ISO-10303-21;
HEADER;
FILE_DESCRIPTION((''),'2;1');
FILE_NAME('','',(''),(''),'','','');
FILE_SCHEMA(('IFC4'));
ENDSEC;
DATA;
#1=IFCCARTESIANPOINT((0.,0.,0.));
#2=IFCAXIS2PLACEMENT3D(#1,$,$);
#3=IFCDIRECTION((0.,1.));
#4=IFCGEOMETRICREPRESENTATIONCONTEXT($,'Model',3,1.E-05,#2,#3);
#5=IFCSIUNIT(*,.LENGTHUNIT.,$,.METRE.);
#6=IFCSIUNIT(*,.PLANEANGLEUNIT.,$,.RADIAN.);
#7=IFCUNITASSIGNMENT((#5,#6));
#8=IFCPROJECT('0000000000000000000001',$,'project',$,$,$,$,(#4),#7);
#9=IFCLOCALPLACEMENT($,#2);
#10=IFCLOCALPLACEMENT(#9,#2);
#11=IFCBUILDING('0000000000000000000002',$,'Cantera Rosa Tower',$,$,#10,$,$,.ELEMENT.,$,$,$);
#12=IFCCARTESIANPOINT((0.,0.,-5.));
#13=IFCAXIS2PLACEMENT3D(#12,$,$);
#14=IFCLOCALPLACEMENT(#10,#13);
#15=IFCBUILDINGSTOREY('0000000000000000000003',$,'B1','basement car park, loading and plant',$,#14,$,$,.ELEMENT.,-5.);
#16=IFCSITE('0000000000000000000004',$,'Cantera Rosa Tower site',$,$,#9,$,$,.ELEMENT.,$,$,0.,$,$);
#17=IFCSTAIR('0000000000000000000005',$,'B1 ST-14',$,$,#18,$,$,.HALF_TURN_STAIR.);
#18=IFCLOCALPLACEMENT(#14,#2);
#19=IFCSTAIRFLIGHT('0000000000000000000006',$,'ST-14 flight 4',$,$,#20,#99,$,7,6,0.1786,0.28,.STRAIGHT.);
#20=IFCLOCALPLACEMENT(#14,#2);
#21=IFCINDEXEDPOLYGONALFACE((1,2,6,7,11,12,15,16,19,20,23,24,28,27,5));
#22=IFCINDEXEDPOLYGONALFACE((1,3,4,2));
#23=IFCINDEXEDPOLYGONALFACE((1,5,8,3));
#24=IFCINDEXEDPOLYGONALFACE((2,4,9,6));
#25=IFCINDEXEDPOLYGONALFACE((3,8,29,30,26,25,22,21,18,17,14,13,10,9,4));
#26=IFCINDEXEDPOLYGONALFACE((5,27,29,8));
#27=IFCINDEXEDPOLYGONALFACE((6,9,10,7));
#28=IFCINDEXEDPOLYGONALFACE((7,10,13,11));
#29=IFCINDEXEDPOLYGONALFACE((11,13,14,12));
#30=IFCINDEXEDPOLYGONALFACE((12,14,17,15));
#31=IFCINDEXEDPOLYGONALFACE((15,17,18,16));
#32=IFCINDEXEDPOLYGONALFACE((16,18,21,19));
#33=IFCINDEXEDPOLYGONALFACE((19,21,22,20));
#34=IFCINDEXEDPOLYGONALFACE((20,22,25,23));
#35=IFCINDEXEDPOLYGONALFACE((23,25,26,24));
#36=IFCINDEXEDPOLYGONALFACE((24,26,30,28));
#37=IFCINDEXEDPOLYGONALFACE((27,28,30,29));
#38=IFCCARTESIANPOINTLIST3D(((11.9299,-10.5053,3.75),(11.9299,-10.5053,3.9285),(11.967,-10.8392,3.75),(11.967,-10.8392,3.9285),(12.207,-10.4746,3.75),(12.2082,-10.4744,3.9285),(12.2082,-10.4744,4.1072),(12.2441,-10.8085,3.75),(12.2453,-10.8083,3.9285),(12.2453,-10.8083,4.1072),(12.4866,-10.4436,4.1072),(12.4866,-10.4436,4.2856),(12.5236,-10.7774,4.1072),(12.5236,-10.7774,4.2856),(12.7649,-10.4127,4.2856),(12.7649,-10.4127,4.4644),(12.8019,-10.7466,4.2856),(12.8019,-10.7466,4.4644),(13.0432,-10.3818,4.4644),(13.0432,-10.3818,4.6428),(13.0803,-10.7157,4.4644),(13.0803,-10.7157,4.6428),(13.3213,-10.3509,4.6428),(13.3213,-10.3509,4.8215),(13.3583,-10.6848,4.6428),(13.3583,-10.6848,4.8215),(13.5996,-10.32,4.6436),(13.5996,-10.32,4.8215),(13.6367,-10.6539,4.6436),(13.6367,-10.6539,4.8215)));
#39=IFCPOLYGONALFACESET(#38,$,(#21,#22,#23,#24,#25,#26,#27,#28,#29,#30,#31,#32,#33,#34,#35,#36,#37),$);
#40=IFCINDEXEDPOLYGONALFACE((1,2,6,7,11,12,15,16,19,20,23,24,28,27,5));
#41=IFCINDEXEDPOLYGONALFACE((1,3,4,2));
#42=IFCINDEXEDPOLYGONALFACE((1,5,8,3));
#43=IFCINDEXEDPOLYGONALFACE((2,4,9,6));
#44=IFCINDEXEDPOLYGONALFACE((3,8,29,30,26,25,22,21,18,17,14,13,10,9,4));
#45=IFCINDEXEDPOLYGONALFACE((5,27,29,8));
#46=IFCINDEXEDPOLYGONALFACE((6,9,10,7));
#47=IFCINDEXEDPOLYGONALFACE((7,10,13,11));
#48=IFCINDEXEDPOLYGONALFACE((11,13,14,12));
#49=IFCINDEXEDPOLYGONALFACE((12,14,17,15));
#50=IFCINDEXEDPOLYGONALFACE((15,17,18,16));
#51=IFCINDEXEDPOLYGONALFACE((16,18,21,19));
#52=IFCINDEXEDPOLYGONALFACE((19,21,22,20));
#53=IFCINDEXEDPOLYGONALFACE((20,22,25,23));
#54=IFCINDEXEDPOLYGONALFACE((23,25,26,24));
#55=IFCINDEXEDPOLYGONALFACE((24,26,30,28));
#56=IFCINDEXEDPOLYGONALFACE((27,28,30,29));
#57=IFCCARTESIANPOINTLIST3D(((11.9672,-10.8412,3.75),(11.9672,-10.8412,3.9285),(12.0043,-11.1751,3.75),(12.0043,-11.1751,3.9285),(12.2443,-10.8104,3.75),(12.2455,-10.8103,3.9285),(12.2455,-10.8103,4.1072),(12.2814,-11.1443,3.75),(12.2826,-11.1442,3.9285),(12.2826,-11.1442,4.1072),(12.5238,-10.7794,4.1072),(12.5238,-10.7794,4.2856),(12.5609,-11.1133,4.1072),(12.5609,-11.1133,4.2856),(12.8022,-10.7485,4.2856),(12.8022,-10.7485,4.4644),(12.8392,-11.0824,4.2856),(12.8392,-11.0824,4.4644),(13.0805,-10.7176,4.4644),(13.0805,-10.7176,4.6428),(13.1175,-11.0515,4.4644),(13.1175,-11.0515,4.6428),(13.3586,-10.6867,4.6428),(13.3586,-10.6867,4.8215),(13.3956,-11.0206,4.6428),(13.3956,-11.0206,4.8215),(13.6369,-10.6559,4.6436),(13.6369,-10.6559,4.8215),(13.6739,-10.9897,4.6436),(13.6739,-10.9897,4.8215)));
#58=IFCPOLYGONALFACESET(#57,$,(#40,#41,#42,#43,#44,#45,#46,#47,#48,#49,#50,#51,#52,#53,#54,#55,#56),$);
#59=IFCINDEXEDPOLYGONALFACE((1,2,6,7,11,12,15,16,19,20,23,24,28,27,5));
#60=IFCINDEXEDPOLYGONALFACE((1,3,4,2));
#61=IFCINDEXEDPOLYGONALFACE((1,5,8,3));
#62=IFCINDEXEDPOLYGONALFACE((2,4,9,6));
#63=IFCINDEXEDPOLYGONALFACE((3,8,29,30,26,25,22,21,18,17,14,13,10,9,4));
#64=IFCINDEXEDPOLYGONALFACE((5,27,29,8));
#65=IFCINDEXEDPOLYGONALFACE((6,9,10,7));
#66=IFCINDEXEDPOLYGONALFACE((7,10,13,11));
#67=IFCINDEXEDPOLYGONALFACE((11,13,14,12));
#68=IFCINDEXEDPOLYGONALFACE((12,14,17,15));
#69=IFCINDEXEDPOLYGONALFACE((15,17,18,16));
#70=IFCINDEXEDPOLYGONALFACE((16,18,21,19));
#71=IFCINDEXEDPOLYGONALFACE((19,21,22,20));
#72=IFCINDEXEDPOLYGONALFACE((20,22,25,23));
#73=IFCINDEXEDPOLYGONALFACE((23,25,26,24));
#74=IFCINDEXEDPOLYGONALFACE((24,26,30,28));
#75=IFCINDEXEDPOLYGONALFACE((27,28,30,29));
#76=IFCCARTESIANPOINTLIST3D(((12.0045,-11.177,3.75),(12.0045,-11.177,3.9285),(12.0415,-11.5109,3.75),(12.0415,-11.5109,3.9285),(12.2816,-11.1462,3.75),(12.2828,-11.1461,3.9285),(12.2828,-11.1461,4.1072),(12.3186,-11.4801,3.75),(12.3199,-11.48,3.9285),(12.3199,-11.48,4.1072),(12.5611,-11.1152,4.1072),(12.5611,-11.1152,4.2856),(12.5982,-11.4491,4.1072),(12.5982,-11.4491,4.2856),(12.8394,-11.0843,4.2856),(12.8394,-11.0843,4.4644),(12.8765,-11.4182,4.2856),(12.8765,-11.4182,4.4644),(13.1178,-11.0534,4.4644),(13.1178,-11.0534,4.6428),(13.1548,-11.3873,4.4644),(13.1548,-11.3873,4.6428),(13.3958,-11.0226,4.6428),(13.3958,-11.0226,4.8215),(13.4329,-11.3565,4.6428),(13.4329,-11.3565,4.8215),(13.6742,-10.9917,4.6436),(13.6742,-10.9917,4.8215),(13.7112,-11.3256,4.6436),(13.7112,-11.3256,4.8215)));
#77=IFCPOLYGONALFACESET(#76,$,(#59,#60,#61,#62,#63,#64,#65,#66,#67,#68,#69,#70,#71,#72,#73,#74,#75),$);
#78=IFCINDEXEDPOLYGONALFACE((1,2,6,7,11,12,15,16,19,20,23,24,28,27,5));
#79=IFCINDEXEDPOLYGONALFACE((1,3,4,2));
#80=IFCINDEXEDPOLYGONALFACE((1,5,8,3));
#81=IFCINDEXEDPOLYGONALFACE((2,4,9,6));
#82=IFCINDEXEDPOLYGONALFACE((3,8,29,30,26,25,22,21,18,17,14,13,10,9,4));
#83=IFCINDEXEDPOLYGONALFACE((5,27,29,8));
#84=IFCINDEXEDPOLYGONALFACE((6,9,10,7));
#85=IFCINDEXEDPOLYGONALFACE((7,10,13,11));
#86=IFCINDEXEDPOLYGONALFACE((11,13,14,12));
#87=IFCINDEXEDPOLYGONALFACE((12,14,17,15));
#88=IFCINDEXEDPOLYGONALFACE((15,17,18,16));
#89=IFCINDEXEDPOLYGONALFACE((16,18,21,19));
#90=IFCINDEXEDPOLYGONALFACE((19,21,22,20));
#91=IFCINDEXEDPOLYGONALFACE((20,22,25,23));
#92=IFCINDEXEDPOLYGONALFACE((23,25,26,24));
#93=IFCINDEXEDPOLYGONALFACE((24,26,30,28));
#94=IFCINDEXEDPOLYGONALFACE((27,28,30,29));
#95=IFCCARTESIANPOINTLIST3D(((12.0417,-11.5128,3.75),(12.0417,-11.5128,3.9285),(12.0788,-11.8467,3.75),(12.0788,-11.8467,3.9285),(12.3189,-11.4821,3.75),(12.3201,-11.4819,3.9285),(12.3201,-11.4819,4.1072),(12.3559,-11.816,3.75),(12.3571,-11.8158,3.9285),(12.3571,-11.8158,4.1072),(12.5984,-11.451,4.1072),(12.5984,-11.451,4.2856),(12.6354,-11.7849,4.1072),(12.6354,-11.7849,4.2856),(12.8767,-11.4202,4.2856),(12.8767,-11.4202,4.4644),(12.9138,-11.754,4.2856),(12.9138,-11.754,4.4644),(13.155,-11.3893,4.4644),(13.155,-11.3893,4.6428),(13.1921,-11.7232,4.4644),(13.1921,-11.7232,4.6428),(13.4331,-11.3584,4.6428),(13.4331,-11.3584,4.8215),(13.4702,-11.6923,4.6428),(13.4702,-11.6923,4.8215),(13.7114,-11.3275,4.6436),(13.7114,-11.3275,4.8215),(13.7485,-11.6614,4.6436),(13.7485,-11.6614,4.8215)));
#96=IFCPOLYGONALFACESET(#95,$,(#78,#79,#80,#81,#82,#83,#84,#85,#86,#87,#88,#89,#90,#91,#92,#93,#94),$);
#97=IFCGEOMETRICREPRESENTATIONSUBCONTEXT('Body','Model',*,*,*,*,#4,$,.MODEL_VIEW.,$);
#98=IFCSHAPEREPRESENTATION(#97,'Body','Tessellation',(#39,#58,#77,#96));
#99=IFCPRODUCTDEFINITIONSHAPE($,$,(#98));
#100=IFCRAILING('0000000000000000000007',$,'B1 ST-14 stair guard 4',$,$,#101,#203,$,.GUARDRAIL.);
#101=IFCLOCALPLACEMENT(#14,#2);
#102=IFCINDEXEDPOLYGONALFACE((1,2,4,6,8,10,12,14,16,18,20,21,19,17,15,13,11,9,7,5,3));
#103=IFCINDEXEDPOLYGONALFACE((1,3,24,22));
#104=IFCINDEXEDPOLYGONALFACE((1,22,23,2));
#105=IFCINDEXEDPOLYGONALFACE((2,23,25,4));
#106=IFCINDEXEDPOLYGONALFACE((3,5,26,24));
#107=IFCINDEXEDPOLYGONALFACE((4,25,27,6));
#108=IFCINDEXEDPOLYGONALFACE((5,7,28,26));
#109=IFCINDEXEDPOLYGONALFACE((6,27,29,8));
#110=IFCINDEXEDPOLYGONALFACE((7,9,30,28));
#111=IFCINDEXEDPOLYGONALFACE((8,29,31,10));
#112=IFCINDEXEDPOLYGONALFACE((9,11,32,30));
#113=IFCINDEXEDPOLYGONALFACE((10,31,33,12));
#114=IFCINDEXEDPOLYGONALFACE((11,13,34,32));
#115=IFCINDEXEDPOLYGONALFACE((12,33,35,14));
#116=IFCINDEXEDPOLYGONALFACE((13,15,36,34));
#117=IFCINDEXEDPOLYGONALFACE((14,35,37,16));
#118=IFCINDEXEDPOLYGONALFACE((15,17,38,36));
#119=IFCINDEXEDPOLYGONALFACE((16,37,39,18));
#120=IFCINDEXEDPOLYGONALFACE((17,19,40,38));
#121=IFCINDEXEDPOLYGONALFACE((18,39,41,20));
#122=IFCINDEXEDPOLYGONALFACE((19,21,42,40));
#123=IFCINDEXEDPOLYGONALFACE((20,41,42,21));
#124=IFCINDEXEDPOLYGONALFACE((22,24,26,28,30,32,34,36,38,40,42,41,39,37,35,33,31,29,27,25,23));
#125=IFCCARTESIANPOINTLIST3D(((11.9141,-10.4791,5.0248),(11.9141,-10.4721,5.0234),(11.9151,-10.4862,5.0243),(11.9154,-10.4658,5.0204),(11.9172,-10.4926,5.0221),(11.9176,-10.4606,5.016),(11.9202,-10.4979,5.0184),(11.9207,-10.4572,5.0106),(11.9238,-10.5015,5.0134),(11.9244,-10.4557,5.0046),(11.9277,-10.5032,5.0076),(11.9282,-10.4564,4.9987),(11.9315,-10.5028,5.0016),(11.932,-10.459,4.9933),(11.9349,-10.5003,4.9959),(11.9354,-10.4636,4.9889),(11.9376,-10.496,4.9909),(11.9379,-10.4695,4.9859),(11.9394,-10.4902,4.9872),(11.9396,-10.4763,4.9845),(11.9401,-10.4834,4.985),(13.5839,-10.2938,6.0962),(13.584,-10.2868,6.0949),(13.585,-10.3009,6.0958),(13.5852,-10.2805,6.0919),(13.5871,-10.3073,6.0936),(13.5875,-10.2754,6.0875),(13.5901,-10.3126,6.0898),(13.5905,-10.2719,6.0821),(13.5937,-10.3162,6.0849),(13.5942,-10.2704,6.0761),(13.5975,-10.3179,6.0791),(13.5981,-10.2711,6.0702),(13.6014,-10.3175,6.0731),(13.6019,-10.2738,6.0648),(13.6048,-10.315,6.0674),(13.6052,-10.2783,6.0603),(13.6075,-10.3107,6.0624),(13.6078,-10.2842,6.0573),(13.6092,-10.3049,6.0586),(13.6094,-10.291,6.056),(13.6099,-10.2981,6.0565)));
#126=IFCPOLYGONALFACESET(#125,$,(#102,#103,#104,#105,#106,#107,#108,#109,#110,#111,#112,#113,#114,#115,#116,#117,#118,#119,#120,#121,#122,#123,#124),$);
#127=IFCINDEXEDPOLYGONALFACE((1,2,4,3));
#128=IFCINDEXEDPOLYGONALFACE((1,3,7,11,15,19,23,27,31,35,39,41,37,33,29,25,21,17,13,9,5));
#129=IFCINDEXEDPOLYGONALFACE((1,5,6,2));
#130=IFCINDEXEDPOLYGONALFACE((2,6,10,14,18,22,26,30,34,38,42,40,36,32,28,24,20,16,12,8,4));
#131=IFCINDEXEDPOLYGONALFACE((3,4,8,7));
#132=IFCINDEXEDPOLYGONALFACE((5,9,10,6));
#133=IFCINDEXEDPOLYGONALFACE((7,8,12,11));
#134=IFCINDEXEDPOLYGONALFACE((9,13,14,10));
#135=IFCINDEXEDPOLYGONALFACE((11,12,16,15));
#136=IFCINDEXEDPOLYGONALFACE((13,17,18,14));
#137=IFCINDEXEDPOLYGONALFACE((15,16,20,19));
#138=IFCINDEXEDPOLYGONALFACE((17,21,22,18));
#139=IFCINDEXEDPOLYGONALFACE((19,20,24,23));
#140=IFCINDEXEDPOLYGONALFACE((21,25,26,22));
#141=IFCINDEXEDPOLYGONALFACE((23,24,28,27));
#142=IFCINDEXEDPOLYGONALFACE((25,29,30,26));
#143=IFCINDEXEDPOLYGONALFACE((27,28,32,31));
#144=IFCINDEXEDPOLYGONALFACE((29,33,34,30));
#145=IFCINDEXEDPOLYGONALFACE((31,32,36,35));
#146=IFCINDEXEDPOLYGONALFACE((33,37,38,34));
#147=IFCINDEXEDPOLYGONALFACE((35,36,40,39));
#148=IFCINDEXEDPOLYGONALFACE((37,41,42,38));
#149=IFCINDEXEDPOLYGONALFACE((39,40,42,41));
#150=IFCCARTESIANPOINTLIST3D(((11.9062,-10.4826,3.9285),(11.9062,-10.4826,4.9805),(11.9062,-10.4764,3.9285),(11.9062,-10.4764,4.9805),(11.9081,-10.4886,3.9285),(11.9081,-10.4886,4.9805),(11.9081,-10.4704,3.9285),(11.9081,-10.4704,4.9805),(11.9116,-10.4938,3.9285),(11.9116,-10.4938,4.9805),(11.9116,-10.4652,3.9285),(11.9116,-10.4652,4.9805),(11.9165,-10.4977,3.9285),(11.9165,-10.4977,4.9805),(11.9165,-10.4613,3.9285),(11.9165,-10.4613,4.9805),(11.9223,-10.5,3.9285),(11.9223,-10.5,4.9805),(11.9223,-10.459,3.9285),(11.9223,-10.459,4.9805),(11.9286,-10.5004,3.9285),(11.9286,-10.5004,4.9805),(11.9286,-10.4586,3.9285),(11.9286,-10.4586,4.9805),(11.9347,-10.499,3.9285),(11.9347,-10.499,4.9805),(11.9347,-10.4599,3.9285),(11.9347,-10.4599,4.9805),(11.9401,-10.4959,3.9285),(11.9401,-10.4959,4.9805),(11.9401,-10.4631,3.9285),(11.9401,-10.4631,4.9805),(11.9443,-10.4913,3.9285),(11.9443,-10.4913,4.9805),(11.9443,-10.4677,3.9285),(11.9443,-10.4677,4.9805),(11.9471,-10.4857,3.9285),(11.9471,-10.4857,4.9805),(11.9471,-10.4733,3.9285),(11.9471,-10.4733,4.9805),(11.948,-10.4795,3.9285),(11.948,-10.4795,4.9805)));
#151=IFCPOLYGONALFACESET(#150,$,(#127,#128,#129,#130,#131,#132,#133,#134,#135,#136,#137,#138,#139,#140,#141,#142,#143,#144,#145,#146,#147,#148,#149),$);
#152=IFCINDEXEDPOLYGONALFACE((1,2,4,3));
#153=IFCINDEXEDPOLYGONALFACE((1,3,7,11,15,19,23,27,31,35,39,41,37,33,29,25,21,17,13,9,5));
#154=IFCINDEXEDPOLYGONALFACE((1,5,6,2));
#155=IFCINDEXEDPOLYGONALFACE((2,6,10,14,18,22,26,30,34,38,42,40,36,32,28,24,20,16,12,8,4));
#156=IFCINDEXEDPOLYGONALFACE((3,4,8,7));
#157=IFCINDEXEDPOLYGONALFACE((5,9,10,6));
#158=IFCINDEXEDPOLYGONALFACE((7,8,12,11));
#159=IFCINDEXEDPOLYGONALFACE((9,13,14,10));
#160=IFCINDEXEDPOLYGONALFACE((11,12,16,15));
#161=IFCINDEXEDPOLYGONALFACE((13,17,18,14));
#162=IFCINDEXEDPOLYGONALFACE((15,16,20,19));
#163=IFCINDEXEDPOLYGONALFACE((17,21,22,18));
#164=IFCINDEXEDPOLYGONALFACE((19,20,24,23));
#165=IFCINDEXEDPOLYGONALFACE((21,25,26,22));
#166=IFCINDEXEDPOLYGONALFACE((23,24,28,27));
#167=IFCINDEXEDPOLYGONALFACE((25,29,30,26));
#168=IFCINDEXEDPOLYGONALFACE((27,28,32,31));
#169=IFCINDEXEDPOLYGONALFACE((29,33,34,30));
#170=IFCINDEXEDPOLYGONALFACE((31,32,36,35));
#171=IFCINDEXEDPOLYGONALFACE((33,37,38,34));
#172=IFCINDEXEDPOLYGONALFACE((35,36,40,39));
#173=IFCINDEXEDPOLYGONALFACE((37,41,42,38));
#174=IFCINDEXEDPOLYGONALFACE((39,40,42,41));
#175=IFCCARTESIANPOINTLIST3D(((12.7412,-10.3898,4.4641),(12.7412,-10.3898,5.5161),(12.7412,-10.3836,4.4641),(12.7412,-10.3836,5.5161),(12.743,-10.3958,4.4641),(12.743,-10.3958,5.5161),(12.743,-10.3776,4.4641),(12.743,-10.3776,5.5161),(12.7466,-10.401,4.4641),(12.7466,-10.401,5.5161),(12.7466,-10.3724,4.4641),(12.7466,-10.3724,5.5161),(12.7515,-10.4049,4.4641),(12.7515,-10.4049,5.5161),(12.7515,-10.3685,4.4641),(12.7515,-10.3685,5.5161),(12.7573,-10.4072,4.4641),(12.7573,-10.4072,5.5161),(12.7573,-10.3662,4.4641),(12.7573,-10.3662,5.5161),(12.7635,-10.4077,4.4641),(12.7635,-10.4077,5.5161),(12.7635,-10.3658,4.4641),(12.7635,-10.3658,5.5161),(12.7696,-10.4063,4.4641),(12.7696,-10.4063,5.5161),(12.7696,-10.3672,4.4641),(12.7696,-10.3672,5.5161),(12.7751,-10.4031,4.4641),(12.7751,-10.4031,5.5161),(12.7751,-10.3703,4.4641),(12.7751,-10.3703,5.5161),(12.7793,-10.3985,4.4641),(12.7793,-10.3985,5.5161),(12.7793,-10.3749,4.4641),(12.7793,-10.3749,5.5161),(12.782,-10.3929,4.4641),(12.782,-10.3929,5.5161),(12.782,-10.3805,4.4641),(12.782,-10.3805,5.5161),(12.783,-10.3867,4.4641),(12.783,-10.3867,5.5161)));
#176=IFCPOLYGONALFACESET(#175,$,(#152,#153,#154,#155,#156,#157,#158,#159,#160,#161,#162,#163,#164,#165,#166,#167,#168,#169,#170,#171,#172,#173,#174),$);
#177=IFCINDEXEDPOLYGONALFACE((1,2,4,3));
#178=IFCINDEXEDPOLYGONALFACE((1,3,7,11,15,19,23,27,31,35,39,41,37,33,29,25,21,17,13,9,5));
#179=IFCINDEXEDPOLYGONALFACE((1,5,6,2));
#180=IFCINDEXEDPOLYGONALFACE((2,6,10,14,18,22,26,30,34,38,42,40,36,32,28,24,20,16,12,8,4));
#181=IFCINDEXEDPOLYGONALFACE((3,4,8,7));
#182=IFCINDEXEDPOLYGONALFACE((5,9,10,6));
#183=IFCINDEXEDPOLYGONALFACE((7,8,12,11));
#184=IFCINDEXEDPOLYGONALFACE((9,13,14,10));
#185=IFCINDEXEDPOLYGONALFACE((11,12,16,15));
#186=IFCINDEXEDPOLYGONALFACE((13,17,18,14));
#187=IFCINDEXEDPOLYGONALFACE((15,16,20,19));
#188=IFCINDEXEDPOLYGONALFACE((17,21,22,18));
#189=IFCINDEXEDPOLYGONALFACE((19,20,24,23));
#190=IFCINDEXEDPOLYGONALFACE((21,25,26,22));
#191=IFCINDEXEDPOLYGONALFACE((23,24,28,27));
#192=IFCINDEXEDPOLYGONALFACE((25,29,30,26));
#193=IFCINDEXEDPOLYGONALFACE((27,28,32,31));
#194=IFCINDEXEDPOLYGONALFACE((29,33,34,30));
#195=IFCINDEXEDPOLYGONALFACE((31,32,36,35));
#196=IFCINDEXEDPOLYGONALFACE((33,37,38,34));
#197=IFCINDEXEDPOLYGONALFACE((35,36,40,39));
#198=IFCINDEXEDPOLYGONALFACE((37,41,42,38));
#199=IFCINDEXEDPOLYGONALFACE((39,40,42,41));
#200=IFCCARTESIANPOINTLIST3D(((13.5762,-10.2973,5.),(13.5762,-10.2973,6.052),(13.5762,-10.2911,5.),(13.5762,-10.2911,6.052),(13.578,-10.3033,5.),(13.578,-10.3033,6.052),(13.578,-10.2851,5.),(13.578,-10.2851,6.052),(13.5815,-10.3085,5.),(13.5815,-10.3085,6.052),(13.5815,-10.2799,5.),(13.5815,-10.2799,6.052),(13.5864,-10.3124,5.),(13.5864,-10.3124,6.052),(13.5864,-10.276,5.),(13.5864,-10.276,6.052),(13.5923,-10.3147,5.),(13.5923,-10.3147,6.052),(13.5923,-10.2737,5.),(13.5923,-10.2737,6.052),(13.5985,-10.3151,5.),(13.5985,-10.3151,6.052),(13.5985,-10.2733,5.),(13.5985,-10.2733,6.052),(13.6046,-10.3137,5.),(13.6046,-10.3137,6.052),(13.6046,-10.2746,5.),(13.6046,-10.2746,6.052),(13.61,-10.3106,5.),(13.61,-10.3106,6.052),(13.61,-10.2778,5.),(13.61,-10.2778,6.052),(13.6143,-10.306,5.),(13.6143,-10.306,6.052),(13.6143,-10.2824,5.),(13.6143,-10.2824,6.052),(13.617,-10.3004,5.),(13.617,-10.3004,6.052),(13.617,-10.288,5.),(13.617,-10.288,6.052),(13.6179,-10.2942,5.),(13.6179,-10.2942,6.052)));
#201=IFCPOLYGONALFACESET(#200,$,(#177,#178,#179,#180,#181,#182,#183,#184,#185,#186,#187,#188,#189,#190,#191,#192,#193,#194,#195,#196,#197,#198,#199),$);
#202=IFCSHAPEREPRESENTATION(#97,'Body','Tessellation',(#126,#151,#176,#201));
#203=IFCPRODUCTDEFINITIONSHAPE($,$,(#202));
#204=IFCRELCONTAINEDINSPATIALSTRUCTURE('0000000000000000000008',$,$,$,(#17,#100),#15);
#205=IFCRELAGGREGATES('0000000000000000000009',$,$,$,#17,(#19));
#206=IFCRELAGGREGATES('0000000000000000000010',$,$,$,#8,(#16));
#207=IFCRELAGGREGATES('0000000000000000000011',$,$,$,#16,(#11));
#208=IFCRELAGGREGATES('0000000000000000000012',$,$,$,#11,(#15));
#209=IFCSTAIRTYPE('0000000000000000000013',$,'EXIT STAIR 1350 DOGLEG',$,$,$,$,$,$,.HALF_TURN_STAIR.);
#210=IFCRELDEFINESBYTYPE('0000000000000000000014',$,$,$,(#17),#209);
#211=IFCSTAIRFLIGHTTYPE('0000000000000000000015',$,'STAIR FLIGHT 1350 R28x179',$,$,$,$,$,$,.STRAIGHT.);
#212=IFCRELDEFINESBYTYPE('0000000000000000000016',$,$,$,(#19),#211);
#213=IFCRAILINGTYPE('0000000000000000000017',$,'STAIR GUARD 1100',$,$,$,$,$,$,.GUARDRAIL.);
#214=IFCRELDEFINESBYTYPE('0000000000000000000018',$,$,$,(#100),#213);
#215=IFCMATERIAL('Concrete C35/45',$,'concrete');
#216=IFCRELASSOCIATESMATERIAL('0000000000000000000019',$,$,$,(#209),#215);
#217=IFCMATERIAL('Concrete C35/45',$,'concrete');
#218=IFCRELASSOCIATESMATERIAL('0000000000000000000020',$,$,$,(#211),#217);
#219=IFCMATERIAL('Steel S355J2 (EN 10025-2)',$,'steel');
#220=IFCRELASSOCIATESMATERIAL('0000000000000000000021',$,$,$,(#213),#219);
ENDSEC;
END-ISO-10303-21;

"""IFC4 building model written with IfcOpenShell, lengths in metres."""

from ifc_helpers import new_model, si_unit, direction, frame, origin, origin_2d, place, context, subcontext, project, spatial, polyline, circle, outline, extrude, material, type_object, element, aggregate, save


model = new_model("IFC4")

# Units and contexts
model_context = context("Model", 3, precision=1e-05, world=origin(), true_north=direction((0.0, 1.0)))
body_context = subcontext(model_context, "Body", "Model", "MODEL_VIEW")
ifc_project = project(units=[si_unit("LENGTHUNIT", "METRE"), si_unit("PLANEANGLEUNIT", "RADIAN")], contexts=[model_context])

# Site, building, storey
site_placement = place(None, origin())
site = spatial("IfcSite", under=ifc_project, at=site_placement, Name="Cantera Rosa Tower site", CompositionType="ELEMENT", RefElevation=0.0)
building_placement = place(site_placement, origin())
building = spatial("IfcBuilding", under=site, at=building_placement, Name="Cantera Rosa Tower", CompositionType="ELEMENT")
storey_placement = place(building_placement, frame((0.0, 0.0, -5.0)))
storey = spatial("IfcBuildingStorey", under=building, at=storey_placement, Name="B1", Description="basement car park, loading and plant", CompositionType="ELEMENT", Elevation=-5.0)

# Stair, stair flight
ifc_material_1 = material(Name="Concrete C35/45", Category="concrete")
stair_type = type_object("IfcStairType", Name="EXIT STAIR 1350 DOGLEG", PredefinedType="HALF_TURN_STAIR", material=ifc_material_1)
stair_placement = place(storey_placement, origin())
stair = element("IfcStair", 1, at=stair_placement, inside=storey, type_object=stair_type, Name="B1 ST-14", PredefinedType="HALF_TURN_STAIR")
ifc_material_2 = material(Name="Concrete C35/45", Category="concrete")
stair_flight_type = type_object("IfcStairFlightType", Name="STAIR FLIGHT 1350 R28x179", PredefinedType="STRAIGHT", material=ifc_material_2)
stair_flight_1_placement = place(storey_placement, frame((12.0044, -11.1763, 3.75), z_axis=(0.0, 0.0, 1.0), x_axis=(0.993897, 0.110313, 0.0)))
stair_flight_1 = element("IfcStairFlight", 2, at=stair_flight_1_placement, type_object=stair_flight_type, Name="ST-14 flight 4", NumberOfRisers=7, NumberOfTreads=6, PredefinedType="STRAIGHT", RiserHeight=0.1786, TreadLength=0.28, context=body_context, shape_type="SweptSolid", body=[
    extrude(outline(polyline([(0.0, 0.0), (0.0, 0.1785), (0.28, 0.1785), (0.28, 0.3572), (0.5601, 0.3572), (0.5601, 0.5356), (0.8401, 0.5356), (0.8401, 0.7144), (1.1201, 0.7144), (1.1201, 0.8928), (1.3999, 0.8928), (1.3999, 1.0715), (1.6799, 1.0715), (1.6799, 1.25), (1.6799, 0.8936), (0.2788, 0.0), (0.0, 0.0)])), frame((0.0, 0.675, 0.0), z_axis=(0.0, -1.0, 0.0), x_axis=(1.0, 0.0, 0.0)), (0.0, 0.0, 1.0), 0.3359),
    extrude(outline(polyline([(0.0, 0.0), (0.0, 0.1785), (0.28, 0.1785), (0.28, 0.3572), (0.5601, 0.3572), (0.5601, 0.5356), (0.8401, 0.5356), (0.8401, 0.7144), (1.1201, 0.7144), (1.1201, 0.8928), (1.3999, 0.8928), (1.3999, 1.0715), (1.6799, 1.0715), (1.6799, 1.25), (1.6799, 0.8936), (0.2788, 0.0), (0.0, 0.0)])), frame((0.0, 0.3372, 0.0), z_axis=(0.0, -1.0, 0.0), x_axis=(1.0, 0.0, 0.0)), (0.0, 0.0, 1.0), 0.3359),
    extrude(outline(polyline([(0.0, 0.0), (0.0, 0.1785), (0.28, 0.1785), (0.28, 0.3572), (0.5601, 0.3572), (0.5601, 0.5356), (0.8401, 0.5356), (0.8401, 0.7144), (1.1201, 0.7144), (1.1201, 0.8928), (1.3999, 0.8928), (1.3999, 1.0715), (1.6799, 1.0715), (1.6799, 1.25), (1.6799, 0.8936), (0.2788, 0.0), (0.0, 0.0)])), frame((0.0, -0.0007, 0.0), z_axis=(0.0, -1.0, 0.0), x_axis=(1.0, 0.0, 0.0)), (0.0, 0.0, 1.0), 0.3359),
    extrude(outline(polyline([(0.0, 0.0), (0.0, 0.1785), (0.28, 0.1785), (0.28, 0.3572), (0.5601, 0.3572), (0.5601, 0.5356), (0.8401, 0.5356), (0.8401, 0.7144), (1.1201, 0.7144), (1.1201, 0.8928), (1.3999, 0.8928), (1.3999, 1.0715), (1.6799, 1.0715), (1.6799, 1.25), (1.6799, 0.8936), (0.2788, 0.0), (0.0, 0.0)])), frame((0.0, -0.3386, 0.0), z_axis=(0.0, -1.0, 0.0), x_axis=(1.0, 0.0, 0.0)), (0.0, 0.0, 1.0), 0.3359),
])
aggregate(stair, [stair_flight_1])

# Railing
ifc_material_3 = material(Name="Steel S355J2 (EN 10025-2)", Category="steel")
railing_type_1 = type_object("IfcRailingType", Name="STAIR GUARD 1100", PredefinedType="GUARDRAIL", material=ifc_material_3)
railing_1_placement = place(storey_placement, frame((11.927, -10.4795, 3.9285)))
element("IfcRailing", 3, at=railing_1_placement, inside=storey, type_object=railing_type_1, Name="B1 ST-14 stair guard 4", PredefinedType="GUARDRAIL", context=body_context, shape_type="SweptSolid", body=[
    extrude(circle(Radius=0.0239, at=origin_2d()), frame((0.0, 0.0, 1.0762), z_axis=(0.837987, 0.092987, 0.537709), x_axis=(-0.110288, 0.9939, 0.0)), (0.0, 0.0, 1.0), 1.9927),
    extrude(circle(Radius=0.021, at=origin_2d()), origin(), (0.0, 0.0, 1.0), 1.052),
    extrude(circle(Radius=0.021, at=origin_2d()), frame((0.835, 0.0928, 0.5356)), (0.0, 0.0, 1.0), 1.052),
    extrude(circle(Radius=0.021, at=origin_2d()), frame((1.6699, 0.1853, 1.0715)), (0.0, 0.0, 1.0), 1.052),
])

save(model, "model.ifc")
